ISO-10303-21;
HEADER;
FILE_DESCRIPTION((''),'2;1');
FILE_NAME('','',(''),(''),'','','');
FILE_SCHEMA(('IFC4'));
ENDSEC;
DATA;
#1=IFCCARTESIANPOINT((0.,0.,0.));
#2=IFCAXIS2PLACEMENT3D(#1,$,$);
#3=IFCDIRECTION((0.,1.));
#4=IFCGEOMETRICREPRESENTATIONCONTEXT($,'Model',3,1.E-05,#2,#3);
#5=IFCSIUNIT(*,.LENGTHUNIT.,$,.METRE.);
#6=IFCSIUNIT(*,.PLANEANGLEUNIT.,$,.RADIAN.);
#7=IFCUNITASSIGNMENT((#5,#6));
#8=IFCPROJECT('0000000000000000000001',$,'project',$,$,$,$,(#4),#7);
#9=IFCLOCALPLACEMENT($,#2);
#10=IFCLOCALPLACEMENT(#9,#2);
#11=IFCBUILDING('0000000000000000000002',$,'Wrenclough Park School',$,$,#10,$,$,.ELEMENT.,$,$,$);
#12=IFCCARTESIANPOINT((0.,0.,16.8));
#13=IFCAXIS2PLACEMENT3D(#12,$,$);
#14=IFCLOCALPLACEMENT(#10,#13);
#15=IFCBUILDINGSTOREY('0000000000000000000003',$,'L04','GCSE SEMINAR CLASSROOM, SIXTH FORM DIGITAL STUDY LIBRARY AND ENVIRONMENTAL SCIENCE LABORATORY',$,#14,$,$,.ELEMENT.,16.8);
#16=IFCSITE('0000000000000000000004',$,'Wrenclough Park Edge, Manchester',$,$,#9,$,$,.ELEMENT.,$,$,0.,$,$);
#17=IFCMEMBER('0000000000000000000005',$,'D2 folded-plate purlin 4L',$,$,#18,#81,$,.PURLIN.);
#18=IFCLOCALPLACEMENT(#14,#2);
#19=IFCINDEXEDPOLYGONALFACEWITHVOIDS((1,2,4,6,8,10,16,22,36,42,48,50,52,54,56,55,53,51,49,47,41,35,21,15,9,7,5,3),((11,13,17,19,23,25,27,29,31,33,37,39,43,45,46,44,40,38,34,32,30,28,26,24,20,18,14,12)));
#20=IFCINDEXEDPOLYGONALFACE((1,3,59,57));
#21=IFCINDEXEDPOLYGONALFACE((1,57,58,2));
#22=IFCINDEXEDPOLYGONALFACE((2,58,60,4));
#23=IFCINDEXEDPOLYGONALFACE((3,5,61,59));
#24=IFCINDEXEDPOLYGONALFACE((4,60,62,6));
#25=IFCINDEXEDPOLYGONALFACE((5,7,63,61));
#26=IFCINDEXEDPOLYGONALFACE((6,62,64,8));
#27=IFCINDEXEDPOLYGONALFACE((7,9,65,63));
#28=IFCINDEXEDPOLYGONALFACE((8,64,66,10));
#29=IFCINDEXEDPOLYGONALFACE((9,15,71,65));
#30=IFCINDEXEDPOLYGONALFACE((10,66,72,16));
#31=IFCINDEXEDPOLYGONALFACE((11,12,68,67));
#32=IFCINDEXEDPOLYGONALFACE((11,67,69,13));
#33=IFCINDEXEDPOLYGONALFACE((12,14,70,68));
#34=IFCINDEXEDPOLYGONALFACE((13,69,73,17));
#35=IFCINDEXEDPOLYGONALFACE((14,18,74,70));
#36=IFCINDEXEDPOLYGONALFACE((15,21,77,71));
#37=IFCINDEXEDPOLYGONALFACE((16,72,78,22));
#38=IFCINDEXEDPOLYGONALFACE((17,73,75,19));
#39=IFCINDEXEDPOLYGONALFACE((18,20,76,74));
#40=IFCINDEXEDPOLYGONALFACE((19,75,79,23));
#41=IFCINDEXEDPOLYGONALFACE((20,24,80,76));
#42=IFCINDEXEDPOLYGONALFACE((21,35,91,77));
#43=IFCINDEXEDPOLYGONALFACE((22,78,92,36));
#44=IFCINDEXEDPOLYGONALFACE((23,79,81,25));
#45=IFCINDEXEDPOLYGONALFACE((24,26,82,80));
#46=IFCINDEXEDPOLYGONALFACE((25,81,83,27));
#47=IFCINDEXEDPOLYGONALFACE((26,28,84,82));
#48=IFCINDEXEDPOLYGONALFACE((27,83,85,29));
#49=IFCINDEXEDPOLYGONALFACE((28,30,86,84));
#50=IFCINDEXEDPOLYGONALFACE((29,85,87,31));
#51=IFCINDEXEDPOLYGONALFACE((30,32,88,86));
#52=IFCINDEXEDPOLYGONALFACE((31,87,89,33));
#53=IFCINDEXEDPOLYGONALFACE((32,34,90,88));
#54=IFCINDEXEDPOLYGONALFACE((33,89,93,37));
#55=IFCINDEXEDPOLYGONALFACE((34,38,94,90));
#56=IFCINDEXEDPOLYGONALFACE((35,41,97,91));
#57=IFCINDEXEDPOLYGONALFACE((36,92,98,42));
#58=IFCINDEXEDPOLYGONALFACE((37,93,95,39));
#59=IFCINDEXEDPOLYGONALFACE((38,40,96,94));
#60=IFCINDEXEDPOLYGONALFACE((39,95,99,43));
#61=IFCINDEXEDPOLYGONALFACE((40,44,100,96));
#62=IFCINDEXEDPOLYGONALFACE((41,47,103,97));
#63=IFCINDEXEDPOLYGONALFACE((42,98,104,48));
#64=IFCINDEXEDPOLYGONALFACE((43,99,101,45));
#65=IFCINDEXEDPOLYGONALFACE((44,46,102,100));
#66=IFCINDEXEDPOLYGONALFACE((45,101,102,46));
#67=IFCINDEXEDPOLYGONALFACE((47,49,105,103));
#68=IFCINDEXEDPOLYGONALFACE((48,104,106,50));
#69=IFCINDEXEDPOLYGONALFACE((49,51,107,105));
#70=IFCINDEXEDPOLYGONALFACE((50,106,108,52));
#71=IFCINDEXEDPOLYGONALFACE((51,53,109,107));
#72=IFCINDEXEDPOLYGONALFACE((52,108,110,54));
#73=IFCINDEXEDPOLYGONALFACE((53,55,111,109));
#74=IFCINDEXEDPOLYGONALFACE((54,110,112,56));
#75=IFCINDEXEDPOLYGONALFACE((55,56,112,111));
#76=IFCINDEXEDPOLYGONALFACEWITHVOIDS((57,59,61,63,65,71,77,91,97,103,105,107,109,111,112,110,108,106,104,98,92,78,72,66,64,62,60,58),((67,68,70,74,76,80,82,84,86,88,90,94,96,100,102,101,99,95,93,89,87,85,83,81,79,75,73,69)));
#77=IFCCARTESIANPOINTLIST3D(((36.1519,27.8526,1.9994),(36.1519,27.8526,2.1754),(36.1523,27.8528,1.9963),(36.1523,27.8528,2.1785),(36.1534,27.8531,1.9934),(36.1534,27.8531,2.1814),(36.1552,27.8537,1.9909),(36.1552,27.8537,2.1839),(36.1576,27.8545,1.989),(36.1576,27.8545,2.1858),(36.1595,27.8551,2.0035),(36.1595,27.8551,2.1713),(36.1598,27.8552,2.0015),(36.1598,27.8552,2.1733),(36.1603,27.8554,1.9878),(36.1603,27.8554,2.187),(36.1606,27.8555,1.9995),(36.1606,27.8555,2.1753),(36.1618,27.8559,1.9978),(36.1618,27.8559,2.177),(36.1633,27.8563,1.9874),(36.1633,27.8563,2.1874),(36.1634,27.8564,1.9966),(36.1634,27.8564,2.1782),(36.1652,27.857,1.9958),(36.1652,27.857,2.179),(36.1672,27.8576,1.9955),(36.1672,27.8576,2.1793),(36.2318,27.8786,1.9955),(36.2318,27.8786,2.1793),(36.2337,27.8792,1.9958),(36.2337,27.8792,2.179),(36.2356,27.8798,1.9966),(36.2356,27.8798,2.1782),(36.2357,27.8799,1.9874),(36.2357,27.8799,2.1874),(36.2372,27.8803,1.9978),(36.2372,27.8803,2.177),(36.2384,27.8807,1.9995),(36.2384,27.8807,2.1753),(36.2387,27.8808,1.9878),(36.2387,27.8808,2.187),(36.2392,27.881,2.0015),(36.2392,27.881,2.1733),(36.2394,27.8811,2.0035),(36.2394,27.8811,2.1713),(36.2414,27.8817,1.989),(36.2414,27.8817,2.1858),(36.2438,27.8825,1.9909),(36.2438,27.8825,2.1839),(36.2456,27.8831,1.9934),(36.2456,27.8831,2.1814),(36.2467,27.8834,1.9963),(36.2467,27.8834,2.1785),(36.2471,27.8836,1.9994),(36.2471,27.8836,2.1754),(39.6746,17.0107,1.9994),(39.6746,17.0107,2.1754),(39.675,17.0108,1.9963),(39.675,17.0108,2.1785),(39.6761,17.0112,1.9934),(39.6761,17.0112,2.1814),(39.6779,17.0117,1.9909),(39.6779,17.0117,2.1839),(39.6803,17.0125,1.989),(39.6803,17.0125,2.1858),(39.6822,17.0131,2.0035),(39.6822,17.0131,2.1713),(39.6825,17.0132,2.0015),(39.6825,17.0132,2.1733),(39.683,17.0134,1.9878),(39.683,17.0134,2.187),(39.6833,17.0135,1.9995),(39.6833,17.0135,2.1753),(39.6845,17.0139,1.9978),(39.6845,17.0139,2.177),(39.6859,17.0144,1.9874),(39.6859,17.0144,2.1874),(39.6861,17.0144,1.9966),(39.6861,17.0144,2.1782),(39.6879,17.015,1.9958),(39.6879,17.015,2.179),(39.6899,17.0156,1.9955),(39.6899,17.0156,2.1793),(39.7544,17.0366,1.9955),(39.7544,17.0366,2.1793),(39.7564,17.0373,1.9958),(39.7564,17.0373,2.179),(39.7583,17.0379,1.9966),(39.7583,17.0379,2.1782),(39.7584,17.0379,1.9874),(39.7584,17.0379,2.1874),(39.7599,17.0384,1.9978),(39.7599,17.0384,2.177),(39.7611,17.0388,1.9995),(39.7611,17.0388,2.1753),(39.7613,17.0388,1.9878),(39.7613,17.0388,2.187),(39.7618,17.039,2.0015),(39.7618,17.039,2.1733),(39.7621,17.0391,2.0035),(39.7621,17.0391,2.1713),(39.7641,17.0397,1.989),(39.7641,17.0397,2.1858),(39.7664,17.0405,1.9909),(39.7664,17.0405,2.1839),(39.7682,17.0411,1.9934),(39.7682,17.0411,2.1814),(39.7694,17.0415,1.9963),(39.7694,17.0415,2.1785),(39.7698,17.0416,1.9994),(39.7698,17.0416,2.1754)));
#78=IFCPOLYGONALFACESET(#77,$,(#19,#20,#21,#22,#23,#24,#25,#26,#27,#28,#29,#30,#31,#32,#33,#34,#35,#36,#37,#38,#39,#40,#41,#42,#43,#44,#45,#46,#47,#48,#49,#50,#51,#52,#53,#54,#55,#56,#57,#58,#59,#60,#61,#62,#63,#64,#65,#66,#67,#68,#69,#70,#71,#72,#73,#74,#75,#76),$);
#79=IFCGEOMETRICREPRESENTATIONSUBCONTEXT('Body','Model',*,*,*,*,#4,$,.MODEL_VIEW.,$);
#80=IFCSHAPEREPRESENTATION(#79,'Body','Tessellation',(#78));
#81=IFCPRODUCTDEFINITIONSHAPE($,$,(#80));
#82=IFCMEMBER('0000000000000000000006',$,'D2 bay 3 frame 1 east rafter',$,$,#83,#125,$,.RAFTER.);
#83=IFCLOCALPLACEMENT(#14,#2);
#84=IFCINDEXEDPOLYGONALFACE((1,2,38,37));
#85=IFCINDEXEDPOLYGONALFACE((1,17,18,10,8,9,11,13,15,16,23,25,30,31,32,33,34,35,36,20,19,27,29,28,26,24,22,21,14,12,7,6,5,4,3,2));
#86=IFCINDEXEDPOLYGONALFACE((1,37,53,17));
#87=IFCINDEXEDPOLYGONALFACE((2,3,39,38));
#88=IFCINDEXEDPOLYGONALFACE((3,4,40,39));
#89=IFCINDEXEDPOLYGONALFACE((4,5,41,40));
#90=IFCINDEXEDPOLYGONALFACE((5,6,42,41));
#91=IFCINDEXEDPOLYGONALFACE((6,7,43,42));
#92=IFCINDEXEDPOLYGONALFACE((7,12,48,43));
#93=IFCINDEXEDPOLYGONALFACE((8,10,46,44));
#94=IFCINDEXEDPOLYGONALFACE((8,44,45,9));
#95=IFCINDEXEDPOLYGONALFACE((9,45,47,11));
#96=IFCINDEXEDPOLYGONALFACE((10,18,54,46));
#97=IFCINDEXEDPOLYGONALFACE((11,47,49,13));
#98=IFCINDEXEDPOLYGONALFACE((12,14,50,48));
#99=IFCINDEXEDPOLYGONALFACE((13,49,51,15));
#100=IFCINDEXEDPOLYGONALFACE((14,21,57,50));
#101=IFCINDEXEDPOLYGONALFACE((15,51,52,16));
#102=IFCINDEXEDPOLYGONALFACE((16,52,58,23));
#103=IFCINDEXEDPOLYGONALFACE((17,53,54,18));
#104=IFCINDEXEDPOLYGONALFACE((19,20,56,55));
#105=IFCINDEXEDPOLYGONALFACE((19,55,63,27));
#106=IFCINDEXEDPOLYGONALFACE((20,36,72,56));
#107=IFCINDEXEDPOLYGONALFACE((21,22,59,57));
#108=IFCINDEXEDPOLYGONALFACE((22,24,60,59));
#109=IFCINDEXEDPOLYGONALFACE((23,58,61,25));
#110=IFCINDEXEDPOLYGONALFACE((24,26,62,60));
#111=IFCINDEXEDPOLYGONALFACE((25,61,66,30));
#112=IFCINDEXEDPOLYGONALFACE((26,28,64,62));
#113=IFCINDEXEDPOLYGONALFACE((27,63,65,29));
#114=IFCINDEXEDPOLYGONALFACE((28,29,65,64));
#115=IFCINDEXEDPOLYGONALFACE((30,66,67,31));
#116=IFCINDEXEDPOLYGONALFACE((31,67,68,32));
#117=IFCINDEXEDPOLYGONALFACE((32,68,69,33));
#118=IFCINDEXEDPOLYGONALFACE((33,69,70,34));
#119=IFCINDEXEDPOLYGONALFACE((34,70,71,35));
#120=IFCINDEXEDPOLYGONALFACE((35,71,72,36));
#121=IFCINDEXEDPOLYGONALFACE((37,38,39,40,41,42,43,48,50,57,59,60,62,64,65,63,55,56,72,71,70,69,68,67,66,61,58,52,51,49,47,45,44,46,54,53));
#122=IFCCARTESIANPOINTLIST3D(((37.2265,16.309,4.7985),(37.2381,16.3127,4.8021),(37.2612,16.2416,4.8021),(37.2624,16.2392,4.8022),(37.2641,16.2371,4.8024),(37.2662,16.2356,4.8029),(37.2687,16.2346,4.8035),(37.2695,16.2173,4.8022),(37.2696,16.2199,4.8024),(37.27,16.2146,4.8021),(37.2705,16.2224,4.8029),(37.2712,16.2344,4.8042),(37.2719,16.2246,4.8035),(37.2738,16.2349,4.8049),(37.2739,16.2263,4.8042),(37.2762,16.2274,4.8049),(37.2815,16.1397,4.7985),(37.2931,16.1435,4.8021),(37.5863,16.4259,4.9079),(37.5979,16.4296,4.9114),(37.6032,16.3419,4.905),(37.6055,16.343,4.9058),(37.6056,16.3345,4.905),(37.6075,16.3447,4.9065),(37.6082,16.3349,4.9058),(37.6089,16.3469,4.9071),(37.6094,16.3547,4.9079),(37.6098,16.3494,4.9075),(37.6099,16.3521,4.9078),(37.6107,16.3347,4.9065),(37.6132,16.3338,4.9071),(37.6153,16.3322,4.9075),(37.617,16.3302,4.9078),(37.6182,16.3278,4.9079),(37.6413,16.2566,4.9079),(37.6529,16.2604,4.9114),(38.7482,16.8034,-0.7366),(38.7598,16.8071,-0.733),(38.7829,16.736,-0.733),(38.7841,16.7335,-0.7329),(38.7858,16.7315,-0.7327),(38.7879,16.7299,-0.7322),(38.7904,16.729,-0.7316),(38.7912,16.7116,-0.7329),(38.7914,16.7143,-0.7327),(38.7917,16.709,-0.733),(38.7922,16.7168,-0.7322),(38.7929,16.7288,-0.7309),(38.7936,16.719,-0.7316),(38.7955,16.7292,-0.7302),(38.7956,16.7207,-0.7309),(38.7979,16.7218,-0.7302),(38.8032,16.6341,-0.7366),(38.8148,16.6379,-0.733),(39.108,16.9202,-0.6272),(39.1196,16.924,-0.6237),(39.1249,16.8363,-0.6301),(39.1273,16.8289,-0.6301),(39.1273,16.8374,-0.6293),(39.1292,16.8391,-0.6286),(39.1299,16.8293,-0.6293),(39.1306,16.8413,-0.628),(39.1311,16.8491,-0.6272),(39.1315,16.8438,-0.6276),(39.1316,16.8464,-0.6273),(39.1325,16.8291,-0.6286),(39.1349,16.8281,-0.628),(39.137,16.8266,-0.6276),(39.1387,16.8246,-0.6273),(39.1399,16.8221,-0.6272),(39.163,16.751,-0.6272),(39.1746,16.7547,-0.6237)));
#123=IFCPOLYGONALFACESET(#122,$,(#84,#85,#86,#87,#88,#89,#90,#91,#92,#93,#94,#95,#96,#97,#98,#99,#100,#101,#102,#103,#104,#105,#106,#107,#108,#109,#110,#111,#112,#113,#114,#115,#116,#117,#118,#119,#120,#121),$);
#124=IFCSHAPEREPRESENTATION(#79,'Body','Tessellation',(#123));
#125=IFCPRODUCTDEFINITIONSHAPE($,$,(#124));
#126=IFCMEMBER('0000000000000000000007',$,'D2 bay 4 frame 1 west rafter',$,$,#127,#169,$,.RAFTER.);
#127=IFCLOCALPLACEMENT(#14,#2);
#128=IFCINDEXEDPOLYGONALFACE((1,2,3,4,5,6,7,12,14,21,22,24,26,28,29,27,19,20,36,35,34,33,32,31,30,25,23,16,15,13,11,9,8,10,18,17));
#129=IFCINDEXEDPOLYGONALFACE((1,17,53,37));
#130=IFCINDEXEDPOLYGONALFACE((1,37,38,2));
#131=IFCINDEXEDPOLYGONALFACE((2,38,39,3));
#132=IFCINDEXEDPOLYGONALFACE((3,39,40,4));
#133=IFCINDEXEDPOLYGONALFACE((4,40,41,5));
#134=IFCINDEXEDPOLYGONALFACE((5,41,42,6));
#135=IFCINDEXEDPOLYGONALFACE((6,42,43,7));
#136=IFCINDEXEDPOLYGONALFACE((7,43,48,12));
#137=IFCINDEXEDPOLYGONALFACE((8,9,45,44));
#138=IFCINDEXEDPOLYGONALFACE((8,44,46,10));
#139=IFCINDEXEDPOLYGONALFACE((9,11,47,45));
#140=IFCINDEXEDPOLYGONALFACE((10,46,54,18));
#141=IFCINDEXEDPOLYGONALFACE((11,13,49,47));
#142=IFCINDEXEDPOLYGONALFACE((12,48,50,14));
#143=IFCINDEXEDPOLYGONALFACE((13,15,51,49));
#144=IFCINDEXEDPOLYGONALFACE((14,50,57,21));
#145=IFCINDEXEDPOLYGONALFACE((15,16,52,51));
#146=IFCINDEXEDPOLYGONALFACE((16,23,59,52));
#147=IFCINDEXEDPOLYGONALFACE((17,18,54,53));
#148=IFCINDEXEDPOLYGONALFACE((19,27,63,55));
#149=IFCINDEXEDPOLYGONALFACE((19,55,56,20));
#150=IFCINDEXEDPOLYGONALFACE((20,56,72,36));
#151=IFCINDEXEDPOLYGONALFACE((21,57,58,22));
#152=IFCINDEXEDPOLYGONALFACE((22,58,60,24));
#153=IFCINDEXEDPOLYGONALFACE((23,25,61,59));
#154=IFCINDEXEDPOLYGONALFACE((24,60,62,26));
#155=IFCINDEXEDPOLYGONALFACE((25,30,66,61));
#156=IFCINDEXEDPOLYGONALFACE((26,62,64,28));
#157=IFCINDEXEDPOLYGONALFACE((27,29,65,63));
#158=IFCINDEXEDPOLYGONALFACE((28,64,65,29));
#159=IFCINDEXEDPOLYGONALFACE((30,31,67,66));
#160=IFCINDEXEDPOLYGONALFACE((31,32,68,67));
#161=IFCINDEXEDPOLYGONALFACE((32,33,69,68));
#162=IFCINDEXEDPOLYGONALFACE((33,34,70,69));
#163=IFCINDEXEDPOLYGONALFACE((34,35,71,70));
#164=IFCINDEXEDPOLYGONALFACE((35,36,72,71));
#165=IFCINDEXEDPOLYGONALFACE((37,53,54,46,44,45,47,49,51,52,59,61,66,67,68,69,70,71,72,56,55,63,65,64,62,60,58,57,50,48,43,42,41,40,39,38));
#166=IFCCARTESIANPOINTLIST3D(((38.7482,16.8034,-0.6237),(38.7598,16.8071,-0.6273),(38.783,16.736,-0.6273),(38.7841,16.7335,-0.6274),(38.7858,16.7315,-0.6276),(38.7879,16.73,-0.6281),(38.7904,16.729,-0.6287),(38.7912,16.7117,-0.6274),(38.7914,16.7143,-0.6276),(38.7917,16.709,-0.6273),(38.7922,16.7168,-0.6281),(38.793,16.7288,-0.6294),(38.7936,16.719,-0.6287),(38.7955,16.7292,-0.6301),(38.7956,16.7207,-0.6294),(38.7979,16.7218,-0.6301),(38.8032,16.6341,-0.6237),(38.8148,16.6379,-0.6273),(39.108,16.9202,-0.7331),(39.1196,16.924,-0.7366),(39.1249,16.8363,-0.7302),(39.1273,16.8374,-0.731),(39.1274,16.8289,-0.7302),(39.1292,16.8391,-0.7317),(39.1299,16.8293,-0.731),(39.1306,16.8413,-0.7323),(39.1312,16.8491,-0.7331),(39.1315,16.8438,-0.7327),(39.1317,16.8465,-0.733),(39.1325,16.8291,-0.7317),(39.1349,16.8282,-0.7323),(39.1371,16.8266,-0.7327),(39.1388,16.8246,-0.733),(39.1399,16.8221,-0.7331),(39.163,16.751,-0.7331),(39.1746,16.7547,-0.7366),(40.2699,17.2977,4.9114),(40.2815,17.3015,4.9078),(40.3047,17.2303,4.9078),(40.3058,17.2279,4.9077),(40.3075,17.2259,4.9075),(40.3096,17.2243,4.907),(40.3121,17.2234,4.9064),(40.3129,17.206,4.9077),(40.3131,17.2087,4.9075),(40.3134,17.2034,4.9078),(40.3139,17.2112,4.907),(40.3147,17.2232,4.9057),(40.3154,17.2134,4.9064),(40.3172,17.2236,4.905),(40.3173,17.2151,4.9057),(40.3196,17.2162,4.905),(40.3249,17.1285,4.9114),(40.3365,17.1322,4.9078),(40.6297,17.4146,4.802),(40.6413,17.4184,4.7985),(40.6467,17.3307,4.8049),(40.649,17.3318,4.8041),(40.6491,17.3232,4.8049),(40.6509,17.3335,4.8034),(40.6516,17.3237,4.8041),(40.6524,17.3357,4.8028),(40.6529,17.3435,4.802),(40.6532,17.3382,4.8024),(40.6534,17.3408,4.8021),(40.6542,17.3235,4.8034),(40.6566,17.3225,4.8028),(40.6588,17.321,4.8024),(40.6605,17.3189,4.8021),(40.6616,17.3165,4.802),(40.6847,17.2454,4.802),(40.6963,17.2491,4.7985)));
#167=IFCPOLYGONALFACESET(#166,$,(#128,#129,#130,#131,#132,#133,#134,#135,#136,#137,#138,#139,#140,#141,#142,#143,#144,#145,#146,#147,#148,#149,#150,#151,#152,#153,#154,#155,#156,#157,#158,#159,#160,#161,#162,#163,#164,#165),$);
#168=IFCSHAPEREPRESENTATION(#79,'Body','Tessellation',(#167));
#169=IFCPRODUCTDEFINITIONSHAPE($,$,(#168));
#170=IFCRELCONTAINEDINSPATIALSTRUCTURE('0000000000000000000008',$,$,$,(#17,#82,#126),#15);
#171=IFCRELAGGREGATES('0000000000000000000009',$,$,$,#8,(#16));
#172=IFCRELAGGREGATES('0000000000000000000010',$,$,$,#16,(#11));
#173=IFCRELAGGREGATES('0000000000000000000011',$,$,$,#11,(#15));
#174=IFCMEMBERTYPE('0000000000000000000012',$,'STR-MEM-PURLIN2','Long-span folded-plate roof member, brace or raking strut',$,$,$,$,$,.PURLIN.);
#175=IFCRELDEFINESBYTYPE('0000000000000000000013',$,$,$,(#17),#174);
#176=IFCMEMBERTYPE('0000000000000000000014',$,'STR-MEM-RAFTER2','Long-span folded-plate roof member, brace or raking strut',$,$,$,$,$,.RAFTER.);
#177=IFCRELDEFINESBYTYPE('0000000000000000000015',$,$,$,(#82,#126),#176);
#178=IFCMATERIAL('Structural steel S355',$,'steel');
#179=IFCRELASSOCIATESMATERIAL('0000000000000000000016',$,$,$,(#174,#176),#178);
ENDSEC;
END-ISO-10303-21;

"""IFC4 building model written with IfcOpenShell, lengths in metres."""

from ifc_helpers import new_model, si_unit, direction, frame, origin, origin_2d, place, context, subcontext, project, spatial, hollow_rectangle, i_section, extrude, material, material_profile, profile_set, type_object, element, save


model = new_model("IFC4")

# Units and contexts
model_context = context("Model", 3, precision=1e-05, world=origin(), true_north=direction((0.0, 1.0)))
body_context = subcontext(model_context, "Body", "Model", "MODEL_VIEW")
ifc_project = project(units=[si_unit("LENGTHUNIT", "METRE"), si_unit("PLANEANGLEUNIT", "RADIAN")], contexts=[model_context])

# Site, building, storey
site_placement = place(None, origin())
site = spatial("IfcSite", under=ifc_project, at=site_placement, Name="Wrenclough Park Edge, Manchester", CompositionType="ELEMENT", RefElevation=0.0)
building_placement = place(site_placement, origin())
building = spatial("IfcBuilding", under=site, at=building_placement, Name="Wrenclough Park School", CompositionType="ELEMENT")
storey_placement = place(building_placement, frame((0.0, 0.0, 16.8)))
storey = spatial("IfcBuildingStorey", under=building, at=storey_placement, Name="L04", Description="GCSE SEMINAR CLASSROOM, SIXTH FORM DIGITAL STUDY LIBRARY AND ENVIRONMENTAL SCIENCE LABORATORY", CompositionType="ELEMENT", Elevation=16.8)

# Members
ifc_material_1 = material(Name="Structural steel S355", Category="steel")
ifc_material_profile_1 = material_profile(ifc_material_1, hollow_rectangle(XDim=0.1001, YDim=0.2, WallThickness=0.0081, InnerFilletRadius=0.0081, OuterFilletRadius=0.012, at=origin_2d()), Name="RHS 200x100x8.0")
ifc_profile_set_1 = profile_set([ifc_material_profile_1], Name="Structural steel S355")
member_type_1 = type_object("IfcMemberType", Name="STR-MEM-PURLIN2", Description="Long-span folded-plate roof member, brace or raking strut", PredefinedType="PURLIN", material=ifc_profile_set_1)
member_1_placement = place(storey_placement, frame((39.7222, 17.0261, 2.0874), z_axis=(-0.30901, 0.951059, 0.0), x_axis=(-0.951059, -0.30901, 0.0)))
element("IfcMember", 1, at=member_1_placement, inside=storey, type_object=member_type_1, Name="D2 folded-plate purlin 4L", PredefinedType="PURLIN", context=body_context, shape_type="SweptSolid", body=[
    extrude(hollow_rectangle(XDim=0.1001, YDim=0.2, WallThickness=0.0081, InnerFilletRadius=0.0081, OuterFilletRadius=0.012, at=origin_2d()), origin(), (0.0, 0.0, 1.0), 11.3999),
])
ifc_material_profile_2 = material_profile(ifc_material_1, i_section(OverallWidth=0.178, OverallDepth=0.4065, WebThickness=0.0078, FlangeThickness=0.0127, FilletRadius=0.0103, at=origin_2d()), Name="UKB 406x178x60")
ifc_profile_set_2 = profile_set([ifc_material_profile_2], Name="Structural steel S355")
member_type_2 = type_object("IfcMemberType", Name="STR-MEM-RAFTER2", Description="Long-span folded-plate roof member, brace or raking strut", PredefinedType="RAFTER", material=ifc_profile_set_2)
for number, where, z_axis, x_axis, name in (
    (2, (37.4397, 16.2847, 4.855), (0.264108, 0.085804, -0.960669), (-0.308986, 0.951067, 0.0), "D2 bay 3 frame 1 east rafter"),
    (3, (38.9614, 16.7791, -0.6802), (0.264108, 0.085804, 0.960669), (-0.308986, 0.951067, 0.0), "D2 bay 4 frame 1 west rafter"),
):
    element("IfcMember", number, at=place(storey_placement, frame(where, z_axis=z_axis, x_axis=x_axis)), inside=storey, type_object=member_type_2, Name=name, PredefinedType="RAFTER", context=body_context, shape_type="SweptSolid", body=[
        extrude(i_section(OverallWidth=0.178, OverallDepth=0.4065, WebThickness=0.0078, FlangeThickness=0.0127, FilletRadius=0.0103, at=origin_2d()), origin(), (0.0, 0.0, 1.0), 5.7617),
    ])

save(model, "model.ifc")
